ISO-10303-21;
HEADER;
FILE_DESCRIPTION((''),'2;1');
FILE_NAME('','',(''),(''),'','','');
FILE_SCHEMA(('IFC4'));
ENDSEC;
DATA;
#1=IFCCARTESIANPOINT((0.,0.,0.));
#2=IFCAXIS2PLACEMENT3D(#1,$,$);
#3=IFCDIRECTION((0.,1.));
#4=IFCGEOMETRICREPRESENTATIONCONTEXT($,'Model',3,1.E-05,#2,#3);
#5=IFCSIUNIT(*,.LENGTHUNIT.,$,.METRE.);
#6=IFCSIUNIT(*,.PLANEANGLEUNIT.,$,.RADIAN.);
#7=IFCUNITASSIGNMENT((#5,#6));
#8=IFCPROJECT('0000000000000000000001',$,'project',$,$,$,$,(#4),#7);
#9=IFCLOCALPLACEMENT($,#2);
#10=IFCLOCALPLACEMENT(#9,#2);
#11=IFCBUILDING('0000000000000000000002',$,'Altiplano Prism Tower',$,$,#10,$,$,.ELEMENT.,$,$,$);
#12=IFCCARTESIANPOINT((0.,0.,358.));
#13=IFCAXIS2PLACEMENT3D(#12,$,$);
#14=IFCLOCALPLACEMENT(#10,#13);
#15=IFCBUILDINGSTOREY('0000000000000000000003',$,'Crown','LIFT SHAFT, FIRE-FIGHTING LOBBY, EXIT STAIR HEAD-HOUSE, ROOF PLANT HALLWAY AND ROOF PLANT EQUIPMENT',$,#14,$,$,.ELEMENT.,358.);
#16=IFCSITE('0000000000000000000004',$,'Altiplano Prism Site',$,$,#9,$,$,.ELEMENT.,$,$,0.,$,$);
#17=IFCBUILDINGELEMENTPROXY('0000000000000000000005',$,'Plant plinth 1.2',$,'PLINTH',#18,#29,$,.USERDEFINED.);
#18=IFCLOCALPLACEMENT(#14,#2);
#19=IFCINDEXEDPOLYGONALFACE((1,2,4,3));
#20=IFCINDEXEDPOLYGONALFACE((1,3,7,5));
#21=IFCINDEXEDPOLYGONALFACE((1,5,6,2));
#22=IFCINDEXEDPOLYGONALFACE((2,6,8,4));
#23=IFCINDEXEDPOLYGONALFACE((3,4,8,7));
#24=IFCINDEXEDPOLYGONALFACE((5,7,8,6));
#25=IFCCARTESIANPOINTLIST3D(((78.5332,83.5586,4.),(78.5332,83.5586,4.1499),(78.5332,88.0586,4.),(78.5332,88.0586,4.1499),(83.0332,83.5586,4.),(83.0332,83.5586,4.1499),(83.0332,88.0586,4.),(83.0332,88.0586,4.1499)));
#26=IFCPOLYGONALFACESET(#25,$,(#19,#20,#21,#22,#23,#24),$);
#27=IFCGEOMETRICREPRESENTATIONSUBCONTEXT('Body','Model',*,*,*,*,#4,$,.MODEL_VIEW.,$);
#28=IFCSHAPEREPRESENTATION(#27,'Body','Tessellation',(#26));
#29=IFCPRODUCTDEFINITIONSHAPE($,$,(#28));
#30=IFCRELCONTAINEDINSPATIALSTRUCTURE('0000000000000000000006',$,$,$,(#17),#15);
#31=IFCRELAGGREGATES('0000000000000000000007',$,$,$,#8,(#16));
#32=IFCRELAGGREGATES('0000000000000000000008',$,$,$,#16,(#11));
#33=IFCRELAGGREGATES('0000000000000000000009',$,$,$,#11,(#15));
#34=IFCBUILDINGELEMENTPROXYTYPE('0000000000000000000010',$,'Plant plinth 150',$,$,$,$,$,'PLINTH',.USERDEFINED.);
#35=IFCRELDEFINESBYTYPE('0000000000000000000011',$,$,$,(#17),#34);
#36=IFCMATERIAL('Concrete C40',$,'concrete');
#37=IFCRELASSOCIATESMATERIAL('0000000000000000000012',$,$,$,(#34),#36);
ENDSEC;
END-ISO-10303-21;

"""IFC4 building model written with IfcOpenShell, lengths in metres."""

from ifc_helpers import new_model, si_unit, direction, frame, origin, origin_2d, place, context, subcontext, project, spatial, rectangle, extrude, material, type_object, element, save


model = new_model("IFC4")

# Units and contexts
model_context = context("Model", 3, precision=1e-05, world=origin(), true_north=direction((0.0, 1.0)))
body_context = subcontext(model_context, "Body", "Model", "MODEL_VIEW")
ifc_project = project(units=[si_unit("LENGTHUNIT", "METRE"), si_unit("PLANEANGLEUNIT", "RADIAN")], contexts=[model_context])

# Site, building, storey
site_placement = place(None, origin())
site = spatial("IfcSite", under=ifc_project, at=site_placement, Name="Altiplano Prism Site", CompositionType="ELEMENT", RefElevation=0.0)
building_placement = place(site_placement, origin())
building = spatial("IfcBuilding", under=site, at=building_placement, Name="Altiplano Prism Tower", CompositionType="ELEMENT")
storey_placement = place(building_placement, frame((0.0, 0.0, 358.0)))
storey = spatial("IfcBuildingStorey", under=building, at=storey_placement, Name="Crown", Description="LIFT SHAFT, FIRE-FIGHTING LOBBY, EXIT STAIR HEAD-HOUSE, ROOF PLANT HALLWAY AND ROOF PLANT EQUIPMENT", CompositionType="ELEMENT", Elevation=358.0)

# Building element proxy
ifc_material_1 = material(Name="Concrete C40", Category="concrete")
building_element_proxy_type_1 = type_object("IfcBuildingElementProxyType", Name="Plant plinth 150", ElementType="PLINTH", PredefinedType="USERDEFINED", material=ifc_material_1)
proxy_1_placement = place(storey_placement, frame((80.7832, 85.8086, 4.0), z_axis=(0.0, 0.0, 1.0), x_axis=(1.0, 0.0, 0.0)))
element("IfcBuildingElementProxy", 1, at=proxy_1_placement, inside=storey, type_object=building_element_proxy_type_1, Name="Plant plinth 1.2", ObjectType="PLINTH", PredefinedType="USERDEFINED", context=body_context, shape_type="SweptSolid", body=[
    extrude(rectangle(XDim=4.5, YDim=4.5, at=origin_2d()), origin(), (0.0, 0.0, 1.0), 0.1499),
])

save(model, "model.ifc")
